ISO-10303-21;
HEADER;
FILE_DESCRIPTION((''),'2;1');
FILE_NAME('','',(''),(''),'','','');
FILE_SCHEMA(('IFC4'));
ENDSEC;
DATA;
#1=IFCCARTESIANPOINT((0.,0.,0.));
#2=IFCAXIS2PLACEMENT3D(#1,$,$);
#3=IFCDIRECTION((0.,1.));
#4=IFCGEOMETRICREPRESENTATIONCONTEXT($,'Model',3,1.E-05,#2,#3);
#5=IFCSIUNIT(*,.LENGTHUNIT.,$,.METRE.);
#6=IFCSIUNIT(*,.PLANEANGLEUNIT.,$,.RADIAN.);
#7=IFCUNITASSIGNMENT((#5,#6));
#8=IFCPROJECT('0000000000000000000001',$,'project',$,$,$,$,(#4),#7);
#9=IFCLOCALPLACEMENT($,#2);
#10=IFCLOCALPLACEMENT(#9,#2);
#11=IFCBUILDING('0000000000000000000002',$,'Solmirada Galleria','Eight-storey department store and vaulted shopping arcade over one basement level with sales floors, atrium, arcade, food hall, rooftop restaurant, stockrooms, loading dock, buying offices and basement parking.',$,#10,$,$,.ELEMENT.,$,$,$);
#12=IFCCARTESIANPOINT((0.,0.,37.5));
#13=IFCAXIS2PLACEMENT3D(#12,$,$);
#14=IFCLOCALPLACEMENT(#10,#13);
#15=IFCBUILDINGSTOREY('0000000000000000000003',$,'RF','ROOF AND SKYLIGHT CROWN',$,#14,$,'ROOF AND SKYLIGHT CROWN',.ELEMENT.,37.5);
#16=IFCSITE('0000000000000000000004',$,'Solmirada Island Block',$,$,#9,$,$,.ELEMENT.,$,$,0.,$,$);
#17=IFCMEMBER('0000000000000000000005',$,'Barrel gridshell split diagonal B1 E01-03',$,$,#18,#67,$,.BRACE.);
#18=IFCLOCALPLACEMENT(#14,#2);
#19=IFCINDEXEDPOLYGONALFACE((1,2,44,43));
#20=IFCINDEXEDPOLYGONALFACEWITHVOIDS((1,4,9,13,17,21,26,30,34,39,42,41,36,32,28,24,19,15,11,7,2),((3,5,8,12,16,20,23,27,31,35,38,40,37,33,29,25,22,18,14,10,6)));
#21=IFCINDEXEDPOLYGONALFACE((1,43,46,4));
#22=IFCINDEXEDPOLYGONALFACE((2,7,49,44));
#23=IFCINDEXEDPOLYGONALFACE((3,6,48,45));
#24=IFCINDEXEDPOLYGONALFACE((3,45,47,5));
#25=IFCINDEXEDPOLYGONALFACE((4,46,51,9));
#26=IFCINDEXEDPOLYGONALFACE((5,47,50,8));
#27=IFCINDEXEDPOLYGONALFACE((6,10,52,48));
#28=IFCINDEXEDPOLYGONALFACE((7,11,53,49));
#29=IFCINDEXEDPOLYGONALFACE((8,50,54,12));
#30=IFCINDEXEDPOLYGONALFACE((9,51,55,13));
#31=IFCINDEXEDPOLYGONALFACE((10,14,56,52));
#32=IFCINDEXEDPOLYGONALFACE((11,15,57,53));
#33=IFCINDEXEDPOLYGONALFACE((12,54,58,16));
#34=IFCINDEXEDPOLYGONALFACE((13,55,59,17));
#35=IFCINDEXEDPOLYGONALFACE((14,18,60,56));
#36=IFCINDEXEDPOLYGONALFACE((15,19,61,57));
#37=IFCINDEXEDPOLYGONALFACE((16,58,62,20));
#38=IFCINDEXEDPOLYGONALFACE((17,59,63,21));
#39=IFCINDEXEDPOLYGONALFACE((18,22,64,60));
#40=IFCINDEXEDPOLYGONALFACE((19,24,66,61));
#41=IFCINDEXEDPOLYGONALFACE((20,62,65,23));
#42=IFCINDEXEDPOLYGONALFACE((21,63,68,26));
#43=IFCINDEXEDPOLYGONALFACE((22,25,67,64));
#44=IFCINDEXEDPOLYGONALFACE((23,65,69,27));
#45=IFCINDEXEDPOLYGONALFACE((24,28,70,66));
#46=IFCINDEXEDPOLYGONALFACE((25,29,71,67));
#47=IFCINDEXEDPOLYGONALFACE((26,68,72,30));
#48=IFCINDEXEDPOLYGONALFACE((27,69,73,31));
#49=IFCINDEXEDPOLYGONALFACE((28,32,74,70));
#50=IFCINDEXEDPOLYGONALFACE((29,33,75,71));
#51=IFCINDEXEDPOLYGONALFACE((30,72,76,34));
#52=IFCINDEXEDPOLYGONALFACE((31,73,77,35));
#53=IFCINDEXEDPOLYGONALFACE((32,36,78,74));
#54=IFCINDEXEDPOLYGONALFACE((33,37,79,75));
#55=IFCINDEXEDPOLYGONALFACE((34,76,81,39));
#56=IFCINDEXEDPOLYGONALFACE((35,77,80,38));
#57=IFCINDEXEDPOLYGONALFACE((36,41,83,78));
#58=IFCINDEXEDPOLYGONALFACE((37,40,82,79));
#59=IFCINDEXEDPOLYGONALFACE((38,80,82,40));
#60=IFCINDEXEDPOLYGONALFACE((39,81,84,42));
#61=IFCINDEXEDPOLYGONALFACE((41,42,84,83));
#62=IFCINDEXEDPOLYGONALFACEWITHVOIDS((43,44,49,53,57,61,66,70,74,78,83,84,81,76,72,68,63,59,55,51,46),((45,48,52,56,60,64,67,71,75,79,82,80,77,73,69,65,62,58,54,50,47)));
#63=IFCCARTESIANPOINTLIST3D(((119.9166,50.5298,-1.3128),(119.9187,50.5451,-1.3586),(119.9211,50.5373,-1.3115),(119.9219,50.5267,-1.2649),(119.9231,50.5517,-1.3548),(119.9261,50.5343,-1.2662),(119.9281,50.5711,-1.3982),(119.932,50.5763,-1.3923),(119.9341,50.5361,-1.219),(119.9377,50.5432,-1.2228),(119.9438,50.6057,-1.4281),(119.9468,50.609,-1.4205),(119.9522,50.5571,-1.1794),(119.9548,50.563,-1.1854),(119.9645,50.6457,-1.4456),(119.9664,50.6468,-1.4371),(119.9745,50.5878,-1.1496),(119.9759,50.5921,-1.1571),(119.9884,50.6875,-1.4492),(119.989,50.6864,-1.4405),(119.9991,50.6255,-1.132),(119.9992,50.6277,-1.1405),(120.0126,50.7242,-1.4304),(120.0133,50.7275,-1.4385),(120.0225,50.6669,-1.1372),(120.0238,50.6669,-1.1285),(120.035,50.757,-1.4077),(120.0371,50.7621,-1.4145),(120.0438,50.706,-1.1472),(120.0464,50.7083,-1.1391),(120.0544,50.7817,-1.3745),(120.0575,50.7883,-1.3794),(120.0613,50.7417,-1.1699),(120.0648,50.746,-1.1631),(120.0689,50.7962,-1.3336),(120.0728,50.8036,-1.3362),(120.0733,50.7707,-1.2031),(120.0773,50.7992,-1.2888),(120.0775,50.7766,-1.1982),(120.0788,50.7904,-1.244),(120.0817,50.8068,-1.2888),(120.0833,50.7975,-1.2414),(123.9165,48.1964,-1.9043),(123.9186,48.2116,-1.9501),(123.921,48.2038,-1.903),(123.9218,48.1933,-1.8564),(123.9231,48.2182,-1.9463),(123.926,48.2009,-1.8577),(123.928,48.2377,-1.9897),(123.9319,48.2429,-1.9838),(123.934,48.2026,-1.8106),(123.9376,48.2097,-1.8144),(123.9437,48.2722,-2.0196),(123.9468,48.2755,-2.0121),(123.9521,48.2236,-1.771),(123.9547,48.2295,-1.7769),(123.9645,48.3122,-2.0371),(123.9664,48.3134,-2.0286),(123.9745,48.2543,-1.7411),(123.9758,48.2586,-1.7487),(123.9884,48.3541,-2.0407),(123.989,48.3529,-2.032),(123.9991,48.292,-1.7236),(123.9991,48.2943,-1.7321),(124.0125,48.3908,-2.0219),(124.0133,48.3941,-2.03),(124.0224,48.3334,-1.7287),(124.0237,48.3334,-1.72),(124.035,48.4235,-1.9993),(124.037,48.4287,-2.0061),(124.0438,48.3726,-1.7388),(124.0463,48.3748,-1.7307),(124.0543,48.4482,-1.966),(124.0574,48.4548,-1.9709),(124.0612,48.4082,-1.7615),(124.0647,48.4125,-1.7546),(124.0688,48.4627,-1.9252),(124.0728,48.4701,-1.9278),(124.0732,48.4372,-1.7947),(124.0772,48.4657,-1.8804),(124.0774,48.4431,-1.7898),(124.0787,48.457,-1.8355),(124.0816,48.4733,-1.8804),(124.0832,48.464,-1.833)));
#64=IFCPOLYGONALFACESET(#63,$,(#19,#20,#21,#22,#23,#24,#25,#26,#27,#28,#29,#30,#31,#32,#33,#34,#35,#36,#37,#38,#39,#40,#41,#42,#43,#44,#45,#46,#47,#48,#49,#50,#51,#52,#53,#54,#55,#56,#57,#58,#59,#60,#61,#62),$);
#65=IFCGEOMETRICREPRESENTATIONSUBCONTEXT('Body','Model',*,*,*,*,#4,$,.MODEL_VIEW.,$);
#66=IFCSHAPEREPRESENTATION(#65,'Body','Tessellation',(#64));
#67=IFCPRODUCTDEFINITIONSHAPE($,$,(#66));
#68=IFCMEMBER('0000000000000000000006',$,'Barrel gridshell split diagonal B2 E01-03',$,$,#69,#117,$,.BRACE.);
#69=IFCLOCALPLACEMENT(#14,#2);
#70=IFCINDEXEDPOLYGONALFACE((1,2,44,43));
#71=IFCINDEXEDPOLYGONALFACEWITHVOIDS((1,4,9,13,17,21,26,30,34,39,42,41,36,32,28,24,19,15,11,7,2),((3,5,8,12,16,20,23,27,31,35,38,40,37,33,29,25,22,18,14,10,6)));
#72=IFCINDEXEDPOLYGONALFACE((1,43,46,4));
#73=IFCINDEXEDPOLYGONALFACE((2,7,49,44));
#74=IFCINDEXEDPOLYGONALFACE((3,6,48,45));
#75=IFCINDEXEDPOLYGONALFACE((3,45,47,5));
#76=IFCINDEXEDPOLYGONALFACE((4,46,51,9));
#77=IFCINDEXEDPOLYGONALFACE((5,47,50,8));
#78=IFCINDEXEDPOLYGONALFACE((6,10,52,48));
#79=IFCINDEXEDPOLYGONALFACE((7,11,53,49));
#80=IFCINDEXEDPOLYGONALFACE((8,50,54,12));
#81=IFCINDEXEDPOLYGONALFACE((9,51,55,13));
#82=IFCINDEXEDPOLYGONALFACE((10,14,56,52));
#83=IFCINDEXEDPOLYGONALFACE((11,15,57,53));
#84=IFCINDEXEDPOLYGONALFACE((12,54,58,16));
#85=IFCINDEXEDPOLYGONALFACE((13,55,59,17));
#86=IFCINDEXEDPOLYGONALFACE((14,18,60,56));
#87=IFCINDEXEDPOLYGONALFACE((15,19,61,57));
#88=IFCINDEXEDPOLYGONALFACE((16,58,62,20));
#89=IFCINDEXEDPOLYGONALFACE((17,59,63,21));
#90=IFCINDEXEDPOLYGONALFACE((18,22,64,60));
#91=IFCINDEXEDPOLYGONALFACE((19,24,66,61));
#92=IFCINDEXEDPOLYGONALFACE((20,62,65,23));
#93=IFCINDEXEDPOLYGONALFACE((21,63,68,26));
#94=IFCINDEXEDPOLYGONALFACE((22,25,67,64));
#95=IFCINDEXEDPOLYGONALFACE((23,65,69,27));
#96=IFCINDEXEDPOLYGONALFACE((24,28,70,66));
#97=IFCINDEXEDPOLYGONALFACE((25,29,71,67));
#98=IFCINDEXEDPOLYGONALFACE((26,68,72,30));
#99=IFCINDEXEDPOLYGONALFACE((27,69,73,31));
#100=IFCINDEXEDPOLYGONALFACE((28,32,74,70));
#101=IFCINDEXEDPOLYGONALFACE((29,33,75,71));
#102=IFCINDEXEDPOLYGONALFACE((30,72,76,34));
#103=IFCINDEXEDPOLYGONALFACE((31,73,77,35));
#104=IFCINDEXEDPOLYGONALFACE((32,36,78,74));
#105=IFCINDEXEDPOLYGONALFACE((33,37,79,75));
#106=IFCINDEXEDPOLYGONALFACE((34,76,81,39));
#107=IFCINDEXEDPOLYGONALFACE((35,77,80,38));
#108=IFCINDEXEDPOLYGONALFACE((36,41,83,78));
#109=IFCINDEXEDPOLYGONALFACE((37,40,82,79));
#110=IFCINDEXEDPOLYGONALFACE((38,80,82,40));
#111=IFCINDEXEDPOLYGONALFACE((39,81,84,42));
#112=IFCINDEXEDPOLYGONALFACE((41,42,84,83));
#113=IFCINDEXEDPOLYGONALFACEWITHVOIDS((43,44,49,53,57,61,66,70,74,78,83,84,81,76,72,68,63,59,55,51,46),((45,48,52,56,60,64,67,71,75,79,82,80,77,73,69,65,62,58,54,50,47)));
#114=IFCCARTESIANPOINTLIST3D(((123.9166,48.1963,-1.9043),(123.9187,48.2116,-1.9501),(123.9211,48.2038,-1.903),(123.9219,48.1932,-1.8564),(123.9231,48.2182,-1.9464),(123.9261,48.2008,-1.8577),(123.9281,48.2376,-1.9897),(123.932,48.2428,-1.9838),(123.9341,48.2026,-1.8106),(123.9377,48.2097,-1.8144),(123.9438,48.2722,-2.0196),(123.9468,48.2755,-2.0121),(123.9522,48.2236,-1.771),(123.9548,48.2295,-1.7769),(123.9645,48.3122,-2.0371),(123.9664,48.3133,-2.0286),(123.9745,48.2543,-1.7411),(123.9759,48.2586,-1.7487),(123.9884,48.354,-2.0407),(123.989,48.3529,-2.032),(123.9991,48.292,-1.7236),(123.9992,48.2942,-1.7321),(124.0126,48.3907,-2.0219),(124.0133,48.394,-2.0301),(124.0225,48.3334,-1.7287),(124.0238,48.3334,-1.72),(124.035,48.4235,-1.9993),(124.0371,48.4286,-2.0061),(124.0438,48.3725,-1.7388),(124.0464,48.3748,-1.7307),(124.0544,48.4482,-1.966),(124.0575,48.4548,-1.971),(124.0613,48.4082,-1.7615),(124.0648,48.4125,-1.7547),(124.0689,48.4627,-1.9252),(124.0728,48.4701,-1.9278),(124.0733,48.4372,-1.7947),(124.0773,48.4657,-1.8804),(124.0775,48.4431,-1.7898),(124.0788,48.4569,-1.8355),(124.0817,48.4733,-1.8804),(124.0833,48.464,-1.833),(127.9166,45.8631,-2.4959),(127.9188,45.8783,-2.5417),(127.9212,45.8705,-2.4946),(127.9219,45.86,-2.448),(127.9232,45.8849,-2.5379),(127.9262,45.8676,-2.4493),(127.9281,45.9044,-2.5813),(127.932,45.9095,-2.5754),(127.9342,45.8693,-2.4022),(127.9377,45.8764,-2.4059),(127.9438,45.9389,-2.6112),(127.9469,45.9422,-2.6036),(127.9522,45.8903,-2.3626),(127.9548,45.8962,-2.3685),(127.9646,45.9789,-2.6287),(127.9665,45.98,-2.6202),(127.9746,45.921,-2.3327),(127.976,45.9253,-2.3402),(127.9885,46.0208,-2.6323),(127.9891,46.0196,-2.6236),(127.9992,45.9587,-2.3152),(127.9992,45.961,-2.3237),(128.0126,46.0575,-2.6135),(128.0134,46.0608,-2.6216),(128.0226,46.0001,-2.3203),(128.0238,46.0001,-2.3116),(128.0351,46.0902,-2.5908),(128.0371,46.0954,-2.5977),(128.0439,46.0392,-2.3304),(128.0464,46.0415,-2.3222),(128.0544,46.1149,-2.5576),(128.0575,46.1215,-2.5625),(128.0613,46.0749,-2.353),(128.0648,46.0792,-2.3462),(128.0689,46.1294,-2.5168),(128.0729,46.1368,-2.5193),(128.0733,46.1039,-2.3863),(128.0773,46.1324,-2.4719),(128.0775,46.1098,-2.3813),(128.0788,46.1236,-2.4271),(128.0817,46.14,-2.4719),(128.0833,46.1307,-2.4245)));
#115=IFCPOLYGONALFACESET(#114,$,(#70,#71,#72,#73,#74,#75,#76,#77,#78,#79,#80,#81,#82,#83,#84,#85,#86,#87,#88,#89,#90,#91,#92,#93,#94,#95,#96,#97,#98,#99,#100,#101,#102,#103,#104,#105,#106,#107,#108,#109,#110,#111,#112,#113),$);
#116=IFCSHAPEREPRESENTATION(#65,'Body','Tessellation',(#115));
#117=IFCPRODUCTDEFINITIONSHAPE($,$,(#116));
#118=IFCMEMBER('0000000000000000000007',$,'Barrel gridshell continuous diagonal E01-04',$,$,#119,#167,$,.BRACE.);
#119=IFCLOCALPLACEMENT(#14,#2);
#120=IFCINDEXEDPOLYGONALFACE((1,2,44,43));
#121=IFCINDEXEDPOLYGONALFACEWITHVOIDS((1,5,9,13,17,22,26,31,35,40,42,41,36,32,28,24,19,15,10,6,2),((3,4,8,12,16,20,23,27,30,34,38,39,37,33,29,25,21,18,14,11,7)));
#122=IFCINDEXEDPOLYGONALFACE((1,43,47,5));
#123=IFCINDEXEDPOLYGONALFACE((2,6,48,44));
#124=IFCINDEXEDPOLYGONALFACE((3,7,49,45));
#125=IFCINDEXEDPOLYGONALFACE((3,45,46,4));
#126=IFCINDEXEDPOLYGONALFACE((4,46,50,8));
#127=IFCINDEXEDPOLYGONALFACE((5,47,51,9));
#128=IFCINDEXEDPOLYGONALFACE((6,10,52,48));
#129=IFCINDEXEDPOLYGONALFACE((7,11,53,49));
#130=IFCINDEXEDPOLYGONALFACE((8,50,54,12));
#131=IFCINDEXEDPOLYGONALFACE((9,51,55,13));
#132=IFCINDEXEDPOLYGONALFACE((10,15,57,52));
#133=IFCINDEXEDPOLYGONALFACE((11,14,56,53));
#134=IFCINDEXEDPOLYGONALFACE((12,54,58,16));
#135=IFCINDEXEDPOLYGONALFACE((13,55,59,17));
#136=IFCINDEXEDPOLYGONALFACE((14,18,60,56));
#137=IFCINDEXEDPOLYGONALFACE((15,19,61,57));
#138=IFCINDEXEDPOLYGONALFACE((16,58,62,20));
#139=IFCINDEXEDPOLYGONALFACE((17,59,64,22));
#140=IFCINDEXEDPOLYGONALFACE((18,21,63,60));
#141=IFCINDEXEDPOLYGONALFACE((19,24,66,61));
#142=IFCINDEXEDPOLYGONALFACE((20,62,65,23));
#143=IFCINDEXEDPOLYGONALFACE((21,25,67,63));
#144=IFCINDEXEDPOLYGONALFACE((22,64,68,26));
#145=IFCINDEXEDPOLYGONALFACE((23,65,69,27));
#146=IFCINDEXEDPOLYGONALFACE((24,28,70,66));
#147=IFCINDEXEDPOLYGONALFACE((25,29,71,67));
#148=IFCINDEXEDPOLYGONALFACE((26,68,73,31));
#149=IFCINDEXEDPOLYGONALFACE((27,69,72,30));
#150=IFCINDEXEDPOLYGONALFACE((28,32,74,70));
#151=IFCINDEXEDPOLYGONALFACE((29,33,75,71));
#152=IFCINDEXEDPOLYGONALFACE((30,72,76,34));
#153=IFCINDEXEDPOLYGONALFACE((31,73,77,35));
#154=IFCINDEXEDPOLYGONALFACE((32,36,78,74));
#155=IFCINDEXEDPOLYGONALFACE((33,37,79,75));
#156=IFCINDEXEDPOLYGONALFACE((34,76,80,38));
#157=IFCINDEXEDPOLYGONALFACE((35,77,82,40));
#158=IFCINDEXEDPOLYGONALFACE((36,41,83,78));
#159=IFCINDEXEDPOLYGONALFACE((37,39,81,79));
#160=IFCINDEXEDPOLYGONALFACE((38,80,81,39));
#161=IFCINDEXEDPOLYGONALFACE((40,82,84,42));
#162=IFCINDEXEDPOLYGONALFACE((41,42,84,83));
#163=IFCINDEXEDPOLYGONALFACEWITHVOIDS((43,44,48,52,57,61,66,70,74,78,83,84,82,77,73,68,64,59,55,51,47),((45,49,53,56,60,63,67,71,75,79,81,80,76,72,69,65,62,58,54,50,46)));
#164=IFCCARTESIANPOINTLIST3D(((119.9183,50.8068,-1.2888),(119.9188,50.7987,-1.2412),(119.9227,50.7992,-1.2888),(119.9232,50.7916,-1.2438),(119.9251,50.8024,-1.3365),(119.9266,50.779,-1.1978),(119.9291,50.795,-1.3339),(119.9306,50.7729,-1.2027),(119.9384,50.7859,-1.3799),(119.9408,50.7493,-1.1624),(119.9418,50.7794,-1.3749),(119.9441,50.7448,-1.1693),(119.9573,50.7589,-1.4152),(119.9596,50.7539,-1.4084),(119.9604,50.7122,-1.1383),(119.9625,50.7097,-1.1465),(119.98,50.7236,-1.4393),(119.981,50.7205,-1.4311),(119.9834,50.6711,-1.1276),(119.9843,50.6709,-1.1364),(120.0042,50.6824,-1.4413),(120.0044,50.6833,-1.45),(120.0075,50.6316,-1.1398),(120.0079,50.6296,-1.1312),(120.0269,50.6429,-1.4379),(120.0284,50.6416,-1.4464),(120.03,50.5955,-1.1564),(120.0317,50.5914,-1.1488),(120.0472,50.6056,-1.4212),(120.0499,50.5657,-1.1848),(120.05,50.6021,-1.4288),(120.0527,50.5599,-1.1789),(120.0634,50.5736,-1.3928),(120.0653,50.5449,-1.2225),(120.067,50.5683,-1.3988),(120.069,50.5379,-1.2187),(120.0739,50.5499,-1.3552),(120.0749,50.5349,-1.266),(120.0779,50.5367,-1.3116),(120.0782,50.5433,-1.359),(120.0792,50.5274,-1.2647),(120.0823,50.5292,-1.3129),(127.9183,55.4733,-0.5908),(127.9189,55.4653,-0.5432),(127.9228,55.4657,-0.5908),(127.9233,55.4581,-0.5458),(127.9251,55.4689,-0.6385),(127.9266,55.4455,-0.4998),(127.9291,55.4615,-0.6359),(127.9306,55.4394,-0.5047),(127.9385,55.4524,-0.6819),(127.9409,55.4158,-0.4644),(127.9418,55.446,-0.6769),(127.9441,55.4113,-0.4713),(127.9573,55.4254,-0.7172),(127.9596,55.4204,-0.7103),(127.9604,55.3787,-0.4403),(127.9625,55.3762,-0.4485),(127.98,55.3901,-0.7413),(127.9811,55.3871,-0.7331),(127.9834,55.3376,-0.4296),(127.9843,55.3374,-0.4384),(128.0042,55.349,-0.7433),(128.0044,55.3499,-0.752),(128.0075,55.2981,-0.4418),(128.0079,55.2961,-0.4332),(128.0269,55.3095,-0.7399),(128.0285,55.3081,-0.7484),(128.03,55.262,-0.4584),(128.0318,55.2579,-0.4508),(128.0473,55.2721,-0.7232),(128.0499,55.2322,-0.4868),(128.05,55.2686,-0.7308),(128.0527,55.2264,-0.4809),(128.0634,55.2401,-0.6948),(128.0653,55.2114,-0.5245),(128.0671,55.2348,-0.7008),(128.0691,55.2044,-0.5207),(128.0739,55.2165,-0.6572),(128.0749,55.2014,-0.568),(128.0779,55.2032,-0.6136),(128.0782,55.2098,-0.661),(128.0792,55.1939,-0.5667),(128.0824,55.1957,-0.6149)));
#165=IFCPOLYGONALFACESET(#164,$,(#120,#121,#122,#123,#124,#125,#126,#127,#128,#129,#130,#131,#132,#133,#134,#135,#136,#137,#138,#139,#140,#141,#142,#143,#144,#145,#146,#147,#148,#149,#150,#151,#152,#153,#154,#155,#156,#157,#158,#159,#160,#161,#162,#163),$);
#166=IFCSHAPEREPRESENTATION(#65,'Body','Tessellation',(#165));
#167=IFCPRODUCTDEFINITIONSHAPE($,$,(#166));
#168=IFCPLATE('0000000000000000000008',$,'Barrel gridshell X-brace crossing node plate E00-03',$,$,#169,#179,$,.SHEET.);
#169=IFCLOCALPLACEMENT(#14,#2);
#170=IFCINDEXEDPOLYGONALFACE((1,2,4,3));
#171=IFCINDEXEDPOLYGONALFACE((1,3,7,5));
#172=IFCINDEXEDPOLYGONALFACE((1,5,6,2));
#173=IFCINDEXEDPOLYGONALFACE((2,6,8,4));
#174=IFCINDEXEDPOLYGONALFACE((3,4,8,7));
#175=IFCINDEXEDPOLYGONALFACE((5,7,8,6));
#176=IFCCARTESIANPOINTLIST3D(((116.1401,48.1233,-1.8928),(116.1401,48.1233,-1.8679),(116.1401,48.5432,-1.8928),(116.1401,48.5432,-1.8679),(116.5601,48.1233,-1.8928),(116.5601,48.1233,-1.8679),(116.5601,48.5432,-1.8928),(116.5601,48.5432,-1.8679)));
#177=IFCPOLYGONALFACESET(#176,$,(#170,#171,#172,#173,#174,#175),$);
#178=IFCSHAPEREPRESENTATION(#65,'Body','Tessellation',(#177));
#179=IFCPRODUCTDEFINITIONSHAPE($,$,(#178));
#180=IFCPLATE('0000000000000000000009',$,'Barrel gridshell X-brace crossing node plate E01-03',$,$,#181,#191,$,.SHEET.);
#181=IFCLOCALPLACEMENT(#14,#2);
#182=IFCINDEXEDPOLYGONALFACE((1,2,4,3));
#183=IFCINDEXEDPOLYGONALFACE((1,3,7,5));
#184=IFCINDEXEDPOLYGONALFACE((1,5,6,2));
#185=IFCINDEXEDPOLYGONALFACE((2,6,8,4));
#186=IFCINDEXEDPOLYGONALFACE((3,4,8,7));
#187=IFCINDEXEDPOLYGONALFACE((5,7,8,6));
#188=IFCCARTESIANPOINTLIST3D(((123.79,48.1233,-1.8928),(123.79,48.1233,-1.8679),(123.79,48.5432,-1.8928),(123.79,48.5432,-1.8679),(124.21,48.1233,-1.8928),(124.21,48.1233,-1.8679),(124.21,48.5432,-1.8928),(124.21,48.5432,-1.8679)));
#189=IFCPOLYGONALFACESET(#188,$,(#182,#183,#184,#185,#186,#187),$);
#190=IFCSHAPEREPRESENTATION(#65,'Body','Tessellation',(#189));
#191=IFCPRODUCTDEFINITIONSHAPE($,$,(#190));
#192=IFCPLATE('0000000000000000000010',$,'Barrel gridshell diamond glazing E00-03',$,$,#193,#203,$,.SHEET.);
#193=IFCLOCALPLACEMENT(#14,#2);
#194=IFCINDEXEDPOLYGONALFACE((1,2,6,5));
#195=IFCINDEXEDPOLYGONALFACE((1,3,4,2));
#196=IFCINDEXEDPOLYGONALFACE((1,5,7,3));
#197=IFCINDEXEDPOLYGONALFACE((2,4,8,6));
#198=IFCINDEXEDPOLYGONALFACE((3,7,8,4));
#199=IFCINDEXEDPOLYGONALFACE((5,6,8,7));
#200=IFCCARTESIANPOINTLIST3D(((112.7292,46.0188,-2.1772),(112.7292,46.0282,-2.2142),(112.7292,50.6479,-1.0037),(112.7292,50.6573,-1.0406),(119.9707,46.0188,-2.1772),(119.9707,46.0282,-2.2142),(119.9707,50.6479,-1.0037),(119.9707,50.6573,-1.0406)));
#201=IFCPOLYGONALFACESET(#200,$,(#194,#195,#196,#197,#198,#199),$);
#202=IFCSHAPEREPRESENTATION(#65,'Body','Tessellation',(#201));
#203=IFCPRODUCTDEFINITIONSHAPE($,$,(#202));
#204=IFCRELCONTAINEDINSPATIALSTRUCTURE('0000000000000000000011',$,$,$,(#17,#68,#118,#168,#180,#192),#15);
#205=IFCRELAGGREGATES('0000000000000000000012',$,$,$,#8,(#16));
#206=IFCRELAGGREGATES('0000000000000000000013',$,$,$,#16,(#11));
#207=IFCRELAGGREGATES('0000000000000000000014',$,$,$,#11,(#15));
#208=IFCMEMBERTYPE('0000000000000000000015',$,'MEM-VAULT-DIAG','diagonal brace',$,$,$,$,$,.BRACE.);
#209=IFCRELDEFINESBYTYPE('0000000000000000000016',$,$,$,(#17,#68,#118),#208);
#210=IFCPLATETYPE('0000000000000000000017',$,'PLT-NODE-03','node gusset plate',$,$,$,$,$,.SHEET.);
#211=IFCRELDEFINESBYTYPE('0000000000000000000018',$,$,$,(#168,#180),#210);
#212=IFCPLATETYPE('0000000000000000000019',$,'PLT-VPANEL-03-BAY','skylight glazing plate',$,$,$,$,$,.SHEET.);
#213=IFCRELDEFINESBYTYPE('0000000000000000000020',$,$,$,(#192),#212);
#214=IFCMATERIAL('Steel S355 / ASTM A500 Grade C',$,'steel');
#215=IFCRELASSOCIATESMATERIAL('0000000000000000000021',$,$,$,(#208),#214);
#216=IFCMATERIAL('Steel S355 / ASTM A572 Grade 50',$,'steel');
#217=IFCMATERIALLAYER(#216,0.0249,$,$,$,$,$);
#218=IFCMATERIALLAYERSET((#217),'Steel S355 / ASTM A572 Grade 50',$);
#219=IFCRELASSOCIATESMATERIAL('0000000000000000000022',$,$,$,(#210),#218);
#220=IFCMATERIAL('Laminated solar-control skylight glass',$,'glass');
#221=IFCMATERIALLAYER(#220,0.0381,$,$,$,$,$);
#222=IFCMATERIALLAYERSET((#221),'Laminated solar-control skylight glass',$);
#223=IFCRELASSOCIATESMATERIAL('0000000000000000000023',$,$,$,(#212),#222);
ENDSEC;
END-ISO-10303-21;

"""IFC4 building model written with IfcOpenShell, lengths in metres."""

from ifc_helpers import new_model, si_unit, direction, frame, origin, origin_2d, place, context, subcontext, project, spatial, polyline, rectangle, hollow_circle, outline, extrude, material, layer, layer_set, material_profile, profile_set, type_object, element, save


model = new_model("IFC4")

# Units and contexts
model_context = context("Model", 3, precision=1e-05, world=origin(), true_north=direction((0.0, 1.0)))
body_context = subcontext(model_context, "Body", "Model", "MODEL_VIEW")
ifc_project = project(units=[si_unit("LENGTHUNIT", "METRE"), si_unit("PLANEANGLEUNIT", "RADIAN")], contexts=[model_context])

# Site, building, storey
site_placement = place(None, origin())
site = spatial("IfcSite", under=ifc_project, at=site_placement, Name="Solmirada Island Block", CompositionType="ELEMENT", RefElevation=0.0)
building_placement = place(site_placement, origin())
building = spatial("IfcBuilding", under=site, at=building_placement, Name="Solmirada Galleria", Description="Eight-storey department store and vaulted shopping arcade over one basement level with sales floors, atrium, arcade, food hall, rooftop restaurant, stockrooms, loading dock, buying offices and basement parking.", CompositionType="ELEMENT")
storey_placement = place(building_placement, frame((0.0, 0.0, 37.5)))
storey = spatial("IfcBuildingStorey", under=building, at=storey_placement, Name="RF", Description="ROOF AND SKYLIGHT CROWN", LongName="ROOF AND SKYLIGHT CROWN", CompositionType="ELEMENT", Elevation=37.5)

# Members
ifc_material_1 = material(Name="Steel S355 / ASTM A500 Grade C", Category="steel")
ifc_material_profile_1 = material_profile(ifc_material_1, hollow_circle(Radius=0.1621, WallThickness=0.0088, at=origin_2d()), Name="HSS12.750X0.375")
ifc_profile_set_1 = profile_set([ifc_material_profile_1], Name="Steel S355 / ASTM A500 Grade C")
member_type_1 = type_object("IfcMemberType", Name="MEM-VAULT-DIAG", Description="diagonal brace", PredefinedType="BRACE", material=ifc_profile_set_1)
for number, where, z_axis, x_axis, name in (
    (1, (120.0, 50.6667, -1.2888), (0.856801, -0.499836, -0.126711), (0.503897, 0.863764, 0.0), "Barrel gridshell split diagonal B1 E01-03"),
    (2, (124.0, 48.3333, -1.8804), (0.856824, -0.499796, -0.126714), (0.503858, 0.863787, 0.0), "Barrel gridshell split diagonal B2 E01-03"),
):
    element("IfcMember", number, at=place(storey_placement, frame(where, z_axis=z_axis, x_axis=x_axis)), inside=storey, type_object=member_type_1, Name=name, PredefinedType="BRACE", context=body_context, shape_type="SweptSolid", body=[
        extrude(hollow_circle(Radius=0.1621, WallThickness=0.0088, at=origin_2d()), origin(), (0.0, 0.0, 1.0), 4.6685),
    ])
member_1_placement = place(storey_placement, frame((120.0, 50.6667, -1.2888), z_axis=(0.861344, 0.502433, 0.075152), x_axis=(-0.503858, 0.863787, 0.0)))
element("IfcMember", 3, at=member_1_placement, inside=storey, type_object=member_type_1, Name="Barrel gridshell continuous diagonal E01-04", PredefinedType="BRACE", context=body_context, shape_type="SweptSolid", body=[
    extrude(hollow_circle(Radius=0.1621, WallThickness=0.0088, at=origin_2d()), origin(), (0.0, 0.0, 1.0), 9.2878),
])

# Plates
ifc_material_2 = material(Name="Steel S355 / ASTM A572 Grade 50", Category="steel")
ifc_layer_1 = layer(ifc_material_2, 0.0249)
ifc_layer_set_1 = layer_set([ifc_layer_1], Name="Steel S355 / ASTM A572 Grade 50")
plate_type_1 = type_object("IfcPlateType", Name="PLT-NODE-03", Description="node gusset plate", PredefinedType="SHEET", material=ifc_layer_set_1)
for number, where, z_axis, x_axis, name in (
    (4, (116.3501, 48.3333, -1.8928), (0.0, 0.0, 1.0), (1.0, 0.0, 0.0), "Barrel gridshell X-brace crossing node plate E00-03"),
    (5, (124.0, 48.3333, -1.8928), (0.0, 0.0, 1.0), (1.0, 0.0, 0.0), "Barrel gridshell X-brace crossing node plate E01-03"),
):
    element("IfcPlate", number, at=place(storey_placement, frame(where, z_axis=z_axis, x_axis=x_axis)), inside=storey, type_object=plate_type_1, Name=name, PredefinedType="SHEET", context=body_context, shape_type="SweptSolid", body=[
        extrude(rectangle(XDim=0.4199, YDim=0.4199, at=origin_2d()), origin(), (0.0, 0.0, 1.0), 0.0249),
    ])
ifc_material_3 = material(Name="Laminated solar-control skylight glass", Category="glass")
ifc_layer_2 = layer(ifc_material_3, 0.0381)
ifc_layer_set_2 = layer_set([ifc_layer_2], Name="Laminated solar-control skylight glass")
plate_type_2 = type_object("IfcPlateType", Name="PLT-VPANEL-03-BAY", Description="skylight glazing plate", PredefinedType="SHEET", material=ifc_layer_set_2)
plate_1_placement = place(storey_placement, frame((112.7292, 46.0188, -2.1772), z_axis=(0.0, -0.245746, 0.969334), x_axis=(1.0, 0.0, 0.0)))
element("IfcPlate", 6, at=plate_1_placement, inside=storey, type_object=plate_type_2, Name="Barrel gridshell diamond glazing E00-03", PredefinedType="SHEET", context=body_context, shape_type="SweptSolid", body=[
    extrude(outline(polyline([(0.0, 0.0), (7.2415, 0.0), (7.2415, 4.7756), (0.0, 4.7756), (0.0, 0.0)])), origin(), (0.0, 0.0, -1.0), 0.0381),
])

save(model, "model.ifc")
